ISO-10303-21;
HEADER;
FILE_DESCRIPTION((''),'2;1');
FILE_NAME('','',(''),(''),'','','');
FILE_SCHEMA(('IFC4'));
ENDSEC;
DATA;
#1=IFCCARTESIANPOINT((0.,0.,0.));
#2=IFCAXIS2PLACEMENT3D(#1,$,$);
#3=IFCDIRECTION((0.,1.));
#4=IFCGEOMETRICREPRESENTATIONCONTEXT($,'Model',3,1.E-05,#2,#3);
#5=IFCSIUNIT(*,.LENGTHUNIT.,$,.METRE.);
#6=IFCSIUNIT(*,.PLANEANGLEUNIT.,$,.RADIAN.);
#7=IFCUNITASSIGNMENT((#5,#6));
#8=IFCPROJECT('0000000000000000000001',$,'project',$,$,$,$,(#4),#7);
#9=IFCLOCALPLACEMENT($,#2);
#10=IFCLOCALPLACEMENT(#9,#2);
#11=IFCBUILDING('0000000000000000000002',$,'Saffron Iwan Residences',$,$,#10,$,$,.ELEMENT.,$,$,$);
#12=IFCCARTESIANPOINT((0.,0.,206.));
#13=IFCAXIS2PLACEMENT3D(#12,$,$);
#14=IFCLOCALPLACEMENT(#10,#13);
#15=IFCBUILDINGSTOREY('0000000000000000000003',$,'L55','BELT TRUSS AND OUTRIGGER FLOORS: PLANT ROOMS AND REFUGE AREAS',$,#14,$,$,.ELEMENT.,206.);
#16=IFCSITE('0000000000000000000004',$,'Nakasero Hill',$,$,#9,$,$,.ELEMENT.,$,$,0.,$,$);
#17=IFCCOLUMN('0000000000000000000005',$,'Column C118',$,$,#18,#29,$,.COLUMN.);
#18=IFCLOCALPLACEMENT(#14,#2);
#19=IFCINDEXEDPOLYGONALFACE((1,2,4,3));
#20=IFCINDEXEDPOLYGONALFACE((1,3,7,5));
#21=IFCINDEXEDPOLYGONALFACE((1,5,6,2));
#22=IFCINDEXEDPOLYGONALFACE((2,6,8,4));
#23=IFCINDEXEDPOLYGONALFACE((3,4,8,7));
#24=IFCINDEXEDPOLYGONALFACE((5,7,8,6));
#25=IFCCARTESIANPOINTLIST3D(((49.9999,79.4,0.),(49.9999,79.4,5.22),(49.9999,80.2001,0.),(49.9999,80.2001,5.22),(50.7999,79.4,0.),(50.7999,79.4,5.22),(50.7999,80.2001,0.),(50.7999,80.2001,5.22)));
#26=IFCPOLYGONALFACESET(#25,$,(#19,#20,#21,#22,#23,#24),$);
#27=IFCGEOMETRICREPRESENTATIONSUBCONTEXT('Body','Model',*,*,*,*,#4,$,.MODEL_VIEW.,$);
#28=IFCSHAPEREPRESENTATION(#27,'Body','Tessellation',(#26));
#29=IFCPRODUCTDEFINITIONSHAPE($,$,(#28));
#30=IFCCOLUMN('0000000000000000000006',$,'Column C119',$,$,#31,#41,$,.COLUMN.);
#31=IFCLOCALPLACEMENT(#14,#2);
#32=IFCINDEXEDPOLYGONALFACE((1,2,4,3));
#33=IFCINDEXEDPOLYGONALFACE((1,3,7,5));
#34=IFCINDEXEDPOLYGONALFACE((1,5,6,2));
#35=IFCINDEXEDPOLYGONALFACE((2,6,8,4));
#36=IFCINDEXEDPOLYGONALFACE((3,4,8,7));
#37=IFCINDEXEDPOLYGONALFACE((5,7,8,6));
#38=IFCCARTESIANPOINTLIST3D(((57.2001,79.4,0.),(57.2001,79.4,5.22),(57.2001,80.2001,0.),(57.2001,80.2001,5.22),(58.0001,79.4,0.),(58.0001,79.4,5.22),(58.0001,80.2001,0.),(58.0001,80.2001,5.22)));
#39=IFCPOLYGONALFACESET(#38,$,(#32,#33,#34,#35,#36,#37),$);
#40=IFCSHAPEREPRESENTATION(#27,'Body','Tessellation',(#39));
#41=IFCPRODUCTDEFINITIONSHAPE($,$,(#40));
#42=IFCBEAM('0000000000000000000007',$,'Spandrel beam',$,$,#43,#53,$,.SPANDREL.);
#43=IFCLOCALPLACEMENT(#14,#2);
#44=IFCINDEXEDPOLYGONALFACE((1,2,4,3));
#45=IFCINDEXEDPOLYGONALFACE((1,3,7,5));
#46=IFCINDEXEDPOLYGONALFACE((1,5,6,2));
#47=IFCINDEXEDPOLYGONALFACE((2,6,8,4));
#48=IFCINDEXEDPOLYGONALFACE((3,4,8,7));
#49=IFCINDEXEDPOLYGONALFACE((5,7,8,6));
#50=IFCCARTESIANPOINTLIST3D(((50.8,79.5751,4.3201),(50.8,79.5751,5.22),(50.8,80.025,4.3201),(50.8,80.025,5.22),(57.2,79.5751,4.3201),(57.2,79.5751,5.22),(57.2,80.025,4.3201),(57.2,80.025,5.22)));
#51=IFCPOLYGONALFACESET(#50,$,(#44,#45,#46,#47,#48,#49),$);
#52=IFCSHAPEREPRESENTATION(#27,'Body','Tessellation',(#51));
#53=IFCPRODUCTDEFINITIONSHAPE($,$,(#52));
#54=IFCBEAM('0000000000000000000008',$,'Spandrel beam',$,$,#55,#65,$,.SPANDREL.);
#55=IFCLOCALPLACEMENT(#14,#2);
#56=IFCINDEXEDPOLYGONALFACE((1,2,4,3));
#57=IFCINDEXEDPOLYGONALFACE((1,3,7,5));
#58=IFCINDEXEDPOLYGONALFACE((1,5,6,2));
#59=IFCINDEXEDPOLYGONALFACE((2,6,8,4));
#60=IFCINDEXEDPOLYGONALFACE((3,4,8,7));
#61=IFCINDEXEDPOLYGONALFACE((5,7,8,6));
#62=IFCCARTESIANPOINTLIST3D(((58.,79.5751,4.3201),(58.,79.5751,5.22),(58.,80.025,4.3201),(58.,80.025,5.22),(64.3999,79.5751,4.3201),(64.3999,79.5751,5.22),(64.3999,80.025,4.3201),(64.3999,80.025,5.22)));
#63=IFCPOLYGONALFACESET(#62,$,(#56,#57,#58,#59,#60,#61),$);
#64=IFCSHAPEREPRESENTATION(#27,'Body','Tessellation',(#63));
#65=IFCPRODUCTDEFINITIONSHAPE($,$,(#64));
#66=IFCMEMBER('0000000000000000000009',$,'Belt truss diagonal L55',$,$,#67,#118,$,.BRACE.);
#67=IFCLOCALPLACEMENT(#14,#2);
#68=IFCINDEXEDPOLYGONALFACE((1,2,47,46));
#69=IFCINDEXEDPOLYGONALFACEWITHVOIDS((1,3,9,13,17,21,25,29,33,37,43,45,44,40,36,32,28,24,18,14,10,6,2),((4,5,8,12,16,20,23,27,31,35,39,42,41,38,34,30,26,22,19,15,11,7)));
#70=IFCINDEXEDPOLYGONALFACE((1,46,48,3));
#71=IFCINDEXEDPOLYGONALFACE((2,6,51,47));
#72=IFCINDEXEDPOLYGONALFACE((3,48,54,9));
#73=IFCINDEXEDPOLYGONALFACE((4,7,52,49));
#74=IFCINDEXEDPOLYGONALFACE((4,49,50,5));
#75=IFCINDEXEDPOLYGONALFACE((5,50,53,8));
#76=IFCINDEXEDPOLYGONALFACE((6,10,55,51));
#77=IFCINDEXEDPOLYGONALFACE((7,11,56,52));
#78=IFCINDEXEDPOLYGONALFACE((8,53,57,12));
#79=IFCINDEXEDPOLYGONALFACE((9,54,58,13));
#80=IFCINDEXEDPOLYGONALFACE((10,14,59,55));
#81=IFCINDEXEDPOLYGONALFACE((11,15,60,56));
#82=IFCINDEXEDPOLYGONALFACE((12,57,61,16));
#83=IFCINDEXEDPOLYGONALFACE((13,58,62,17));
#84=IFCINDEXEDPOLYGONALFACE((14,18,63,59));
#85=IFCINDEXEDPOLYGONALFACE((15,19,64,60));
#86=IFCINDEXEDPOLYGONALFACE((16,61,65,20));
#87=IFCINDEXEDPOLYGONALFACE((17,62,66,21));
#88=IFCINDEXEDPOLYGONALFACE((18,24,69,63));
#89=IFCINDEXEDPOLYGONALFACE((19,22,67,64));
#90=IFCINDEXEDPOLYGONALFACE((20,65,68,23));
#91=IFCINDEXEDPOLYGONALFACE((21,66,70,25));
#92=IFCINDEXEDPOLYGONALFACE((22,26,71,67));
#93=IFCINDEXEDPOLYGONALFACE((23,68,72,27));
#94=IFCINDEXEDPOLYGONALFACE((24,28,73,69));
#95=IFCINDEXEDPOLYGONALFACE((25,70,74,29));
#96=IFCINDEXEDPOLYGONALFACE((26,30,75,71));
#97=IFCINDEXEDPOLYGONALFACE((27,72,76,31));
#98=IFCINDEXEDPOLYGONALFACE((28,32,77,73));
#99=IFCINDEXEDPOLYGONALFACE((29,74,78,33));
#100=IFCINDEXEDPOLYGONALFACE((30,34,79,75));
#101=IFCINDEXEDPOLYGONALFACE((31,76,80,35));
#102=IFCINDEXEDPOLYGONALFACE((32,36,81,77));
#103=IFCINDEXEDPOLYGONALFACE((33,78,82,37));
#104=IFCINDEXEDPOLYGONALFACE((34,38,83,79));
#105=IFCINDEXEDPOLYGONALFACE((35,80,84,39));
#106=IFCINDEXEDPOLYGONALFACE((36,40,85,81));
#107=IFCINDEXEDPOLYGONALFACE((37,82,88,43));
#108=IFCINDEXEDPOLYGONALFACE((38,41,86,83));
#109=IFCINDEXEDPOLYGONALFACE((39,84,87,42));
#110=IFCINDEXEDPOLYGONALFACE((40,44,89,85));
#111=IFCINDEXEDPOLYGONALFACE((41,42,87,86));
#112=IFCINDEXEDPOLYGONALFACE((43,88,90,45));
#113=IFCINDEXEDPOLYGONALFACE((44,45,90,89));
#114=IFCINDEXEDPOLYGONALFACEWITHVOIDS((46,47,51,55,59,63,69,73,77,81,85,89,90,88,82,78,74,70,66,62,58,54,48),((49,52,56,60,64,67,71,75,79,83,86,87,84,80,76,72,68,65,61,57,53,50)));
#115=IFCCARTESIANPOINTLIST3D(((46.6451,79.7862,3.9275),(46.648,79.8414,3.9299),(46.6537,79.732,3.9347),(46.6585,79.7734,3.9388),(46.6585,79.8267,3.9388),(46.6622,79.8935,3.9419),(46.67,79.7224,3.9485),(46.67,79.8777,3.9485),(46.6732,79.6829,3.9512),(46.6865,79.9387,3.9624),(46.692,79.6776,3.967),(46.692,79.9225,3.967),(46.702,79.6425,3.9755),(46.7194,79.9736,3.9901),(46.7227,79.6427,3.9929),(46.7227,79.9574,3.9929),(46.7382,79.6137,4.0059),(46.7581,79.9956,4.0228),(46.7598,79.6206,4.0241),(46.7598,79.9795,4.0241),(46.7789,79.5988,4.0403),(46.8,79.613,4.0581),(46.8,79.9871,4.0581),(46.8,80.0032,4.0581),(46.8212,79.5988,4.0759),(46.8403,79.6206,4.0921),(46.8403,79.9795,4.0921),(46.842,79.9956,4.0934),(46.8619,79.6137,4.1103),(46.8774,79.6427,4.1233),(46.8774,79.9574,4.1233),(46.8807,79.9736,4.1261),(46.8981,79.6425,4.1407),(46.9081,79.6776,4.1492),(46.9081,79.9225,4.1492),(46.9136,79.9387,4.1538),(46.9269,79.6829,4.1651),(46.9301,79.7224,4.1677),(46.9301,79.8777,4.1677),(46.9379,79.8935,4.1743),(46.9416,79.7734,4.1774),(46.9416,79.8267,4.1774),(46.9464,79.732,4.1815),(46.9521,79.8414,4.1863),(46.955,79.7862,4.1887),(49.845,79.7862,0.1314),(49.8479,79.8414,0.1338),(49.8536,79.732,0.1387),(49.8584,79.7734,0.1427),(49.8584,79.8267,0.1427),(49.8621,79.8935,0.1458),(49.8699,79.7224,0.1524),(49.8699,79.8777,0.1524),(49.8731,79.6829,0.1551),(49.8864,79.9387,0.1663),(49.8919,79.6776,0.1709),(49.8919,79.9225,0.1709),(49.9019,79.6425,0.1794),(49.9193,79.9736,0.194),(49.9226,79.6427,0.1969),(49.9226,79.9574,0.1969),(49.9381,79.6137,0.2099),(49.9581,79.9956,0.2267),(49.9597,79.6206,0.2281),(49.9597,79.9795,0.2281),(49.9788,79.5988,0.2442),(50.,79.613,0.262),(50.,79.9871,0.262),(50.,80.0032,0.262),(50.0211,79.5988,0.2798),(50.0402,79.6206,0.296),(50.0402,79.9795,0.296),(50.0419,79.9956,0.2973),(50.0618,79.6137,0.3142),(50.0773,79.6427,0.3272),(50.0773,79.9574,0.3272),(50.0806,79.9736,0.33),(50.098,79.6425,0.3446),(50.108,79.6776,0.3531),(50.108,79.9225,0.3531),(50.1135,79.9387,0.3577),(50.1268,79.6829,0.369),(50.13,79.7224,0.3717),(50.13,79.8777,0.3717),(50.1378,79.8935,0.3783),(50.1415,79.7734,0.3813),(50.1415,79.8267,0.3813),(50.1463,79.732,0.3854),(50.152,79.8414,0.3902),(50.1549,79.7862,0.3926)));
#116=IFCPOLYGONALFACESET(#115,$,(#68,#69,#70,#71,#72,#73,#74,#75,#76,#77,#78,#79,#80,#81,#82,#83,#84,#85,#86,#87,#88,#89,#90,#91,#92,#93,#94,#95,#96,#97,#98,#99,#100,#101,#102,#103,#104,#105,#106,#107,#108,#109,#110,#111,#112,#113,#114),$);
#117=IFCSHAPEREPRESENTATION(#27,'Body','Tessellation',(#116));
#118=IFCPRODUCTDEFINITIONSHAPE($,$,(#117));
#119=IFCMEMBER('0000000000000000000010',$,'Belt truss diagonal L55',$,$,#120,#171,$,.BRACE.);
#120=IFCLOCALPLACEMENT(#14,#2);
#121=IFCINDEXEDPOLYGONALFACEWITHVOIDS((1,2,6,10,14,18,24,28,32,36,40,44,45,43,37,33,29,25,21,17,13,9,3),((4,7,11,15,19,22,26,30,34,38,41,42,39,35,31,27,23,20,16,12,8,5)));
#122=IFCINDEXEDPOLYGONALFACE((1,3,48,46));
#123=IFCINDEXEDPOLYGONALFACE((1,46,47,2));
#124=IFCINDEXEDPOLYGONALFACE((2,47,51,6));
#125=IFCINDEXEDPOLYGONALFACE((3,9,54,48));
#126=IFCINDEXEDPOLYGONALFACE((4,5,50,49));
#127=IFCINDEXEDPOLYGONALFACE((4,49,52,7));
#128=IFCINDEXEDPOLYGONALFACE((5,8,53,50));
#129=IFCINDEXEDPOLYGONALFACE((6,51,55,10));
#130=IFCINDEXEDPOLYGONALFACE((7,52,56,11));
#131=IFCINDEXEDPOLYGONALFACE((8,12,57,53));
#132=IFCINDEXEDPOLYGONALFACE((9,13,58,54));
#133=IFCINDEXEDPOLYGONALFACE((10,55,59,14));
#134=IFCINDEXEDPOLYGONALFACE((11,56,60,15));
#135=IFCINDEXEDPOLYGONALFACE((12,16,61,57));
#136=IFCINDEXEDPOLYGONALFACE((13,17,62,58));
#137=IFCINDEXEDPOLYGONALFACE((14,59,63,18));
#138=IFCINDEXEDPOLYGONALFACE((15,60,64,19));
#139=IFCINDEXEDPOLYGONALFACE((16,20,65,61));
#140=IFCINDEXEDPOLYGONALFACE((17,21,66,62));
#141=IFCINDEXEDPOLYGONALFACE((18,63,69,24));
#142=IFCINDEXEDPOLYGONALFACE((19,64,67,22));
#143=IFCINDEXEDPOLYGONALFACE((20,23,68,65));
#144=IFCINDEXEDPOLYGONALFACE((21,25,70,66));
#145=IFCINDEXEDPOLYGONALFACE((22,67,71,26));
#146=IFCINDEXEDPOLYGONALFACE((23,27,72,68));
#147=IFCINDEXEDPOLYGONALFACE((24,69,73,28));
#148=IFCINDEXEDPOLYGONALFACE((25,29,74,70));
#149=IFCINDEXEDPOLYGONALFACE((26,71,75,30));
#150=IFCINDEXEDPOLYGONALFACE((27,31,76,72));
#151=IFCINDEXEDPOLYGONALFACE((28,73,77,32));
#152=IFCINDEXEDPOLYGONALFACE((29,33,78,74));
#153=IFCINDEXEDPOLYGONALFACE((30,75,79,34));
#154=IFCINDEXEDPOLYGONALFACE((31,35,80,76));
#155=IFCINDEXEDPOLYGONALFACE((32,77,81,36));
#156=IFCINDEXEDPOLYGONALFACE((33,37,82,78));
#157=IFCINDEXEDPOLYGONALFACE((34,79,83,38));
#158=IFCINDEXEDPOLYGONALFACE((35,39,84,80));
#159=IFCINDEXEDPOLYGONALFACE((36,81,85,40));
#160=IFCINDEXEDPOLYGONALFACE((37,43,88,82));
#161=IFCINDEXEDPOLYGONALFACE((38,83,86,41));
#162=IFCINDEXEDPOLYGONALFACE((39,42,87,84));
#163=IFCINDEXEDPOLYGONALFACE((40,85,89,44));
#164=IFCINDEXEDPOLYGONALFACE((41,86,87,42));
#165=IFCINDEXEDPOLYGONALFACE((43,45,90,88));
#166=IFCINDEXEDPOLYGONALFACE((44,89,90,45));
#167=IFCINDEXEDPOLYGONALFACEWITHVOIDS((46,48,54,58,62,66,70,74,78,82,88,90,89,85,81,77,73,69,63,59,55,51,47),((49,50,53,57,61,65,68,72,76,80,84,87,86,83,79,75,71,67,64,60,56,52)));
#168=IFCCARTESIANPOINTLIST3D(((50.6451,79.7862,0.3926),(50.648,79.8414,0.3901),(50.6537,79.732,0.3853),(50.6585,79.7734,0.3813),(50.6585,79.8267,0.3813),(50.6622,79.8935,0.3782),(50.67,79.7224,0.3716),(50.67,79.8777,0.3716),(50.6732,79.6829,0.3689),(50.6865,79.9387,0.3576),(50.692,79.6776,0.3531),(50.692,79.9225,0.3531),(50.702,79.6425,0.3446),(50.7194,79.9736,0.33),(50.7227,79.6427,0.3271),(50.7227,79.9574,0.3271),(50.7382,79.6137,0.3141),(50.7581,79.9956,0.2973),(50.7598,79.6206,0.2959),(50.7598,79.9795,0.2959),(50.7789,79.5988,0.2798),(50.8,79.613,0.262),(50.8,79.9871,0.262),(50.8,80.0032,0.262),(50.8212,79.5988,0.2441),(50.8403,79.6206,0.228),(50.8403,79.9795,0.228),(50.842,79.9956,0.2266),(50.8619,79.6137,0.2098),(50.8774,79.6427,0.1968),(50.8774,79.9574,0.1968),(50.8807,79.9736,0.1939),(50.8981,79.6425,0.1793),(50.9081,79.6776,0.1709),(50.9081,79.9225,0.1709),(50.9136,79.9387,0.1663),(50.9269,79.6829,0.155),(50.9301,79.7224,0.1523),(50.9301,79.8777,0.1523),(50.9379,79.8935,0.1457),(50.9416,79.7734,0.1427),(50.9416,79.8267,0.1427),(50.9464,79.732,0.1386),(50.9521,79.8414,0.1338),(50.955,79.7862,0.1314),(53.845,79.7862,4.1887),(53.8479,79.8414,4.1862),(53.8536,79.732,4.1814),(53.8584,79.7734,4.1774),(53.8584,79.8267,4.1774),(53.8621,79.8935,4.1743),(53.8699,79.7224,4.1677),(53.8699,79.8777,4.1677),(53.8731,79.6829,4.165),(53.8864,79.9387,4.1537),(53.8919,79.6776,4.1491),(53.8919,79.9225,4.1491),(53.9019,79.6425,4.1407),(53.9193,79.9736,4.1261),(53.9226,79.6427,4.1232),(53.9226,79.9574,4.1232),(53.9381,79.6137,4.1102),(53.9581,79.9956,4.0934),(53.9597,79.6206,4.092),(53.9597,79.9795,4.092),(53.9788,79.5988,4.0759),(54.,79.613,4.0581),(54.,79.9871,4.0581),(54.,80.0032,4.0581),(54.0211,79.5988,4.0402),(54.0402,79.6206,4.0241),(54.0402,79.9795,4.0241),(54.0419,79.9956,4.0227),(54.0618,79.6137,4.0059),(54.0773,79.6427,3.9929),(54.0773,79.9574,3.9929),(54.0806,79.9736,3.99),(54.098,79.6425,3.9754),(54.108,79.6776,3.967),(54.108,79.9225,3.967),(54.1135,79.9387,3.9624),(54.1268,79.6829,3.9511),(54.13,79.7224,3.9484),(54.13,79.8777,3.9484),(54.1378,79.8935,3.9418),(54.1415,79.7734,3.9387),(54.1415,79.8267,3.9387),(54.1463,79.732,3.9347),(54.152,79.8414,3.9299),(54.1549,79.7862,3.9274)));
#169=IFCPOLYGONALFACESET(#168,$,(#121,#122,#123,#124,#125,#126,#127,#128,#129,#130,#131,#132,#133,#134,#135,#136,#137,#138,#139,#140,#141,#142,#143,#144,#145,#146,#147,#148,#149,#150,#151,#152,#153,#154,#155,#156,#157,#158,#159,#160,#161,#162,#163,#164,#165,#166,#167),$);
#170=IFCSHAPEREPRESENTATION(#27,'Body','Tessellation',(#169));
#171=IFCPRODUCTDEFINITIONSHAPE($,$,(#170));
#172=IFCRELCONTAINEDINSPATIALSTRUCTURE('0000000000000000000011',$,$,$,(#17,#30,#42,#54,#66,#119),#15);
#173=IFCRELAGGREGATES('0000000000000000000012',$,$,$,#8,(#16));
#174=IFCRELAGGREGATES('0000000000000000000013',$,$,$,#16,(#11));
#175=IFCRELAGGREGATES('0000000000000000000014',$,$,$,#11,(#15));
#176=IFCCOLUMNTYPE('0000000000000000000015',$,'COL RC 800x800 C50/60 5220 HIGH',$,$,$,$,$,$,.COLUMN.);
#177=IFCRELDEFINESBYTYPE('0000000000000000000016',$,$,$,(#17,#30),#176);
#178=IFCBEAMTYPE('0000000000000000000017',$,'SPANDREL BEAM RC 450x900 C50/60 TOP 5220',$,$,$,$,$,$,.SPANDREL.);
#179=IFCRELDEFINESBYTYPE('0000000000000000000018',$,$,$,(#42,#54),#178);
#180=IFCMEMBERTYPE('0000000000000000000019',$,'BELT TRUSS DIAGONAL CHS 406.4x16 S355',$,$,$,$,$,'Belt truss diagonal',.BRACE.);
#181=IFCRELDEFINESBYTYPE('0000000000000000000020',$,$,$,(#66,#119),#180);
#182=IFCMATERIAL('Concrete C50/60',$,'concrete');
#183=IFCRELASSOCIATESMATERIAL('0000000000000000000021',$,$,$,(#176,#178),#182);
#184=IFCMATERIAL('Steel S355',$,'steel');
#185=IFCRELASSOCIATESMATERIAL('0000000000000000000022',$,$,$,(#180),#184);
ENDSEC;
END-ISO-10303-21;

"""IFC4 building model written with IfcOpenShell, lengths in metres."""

from ifc_helpers import new_model, si_unit, direction, frame, origin, origin_2d, place, context, subcontext, project, spatial, rectangle, hollow_circle, extrude, source, transform, mapped, material, material_profile, profile_set, type_object, element, save


model = new_model("IFC4")

# Units and contexts
model_context = context("Model", 3, precision=1e-05, world=origin(), true_north=direction((0.0, 1.0)))
body_context = subcontext(model_context, "Body", "Model", "MODEL_VIEW")
ifc_project = project(units=[si_unit("LENGTHUNIT", "METRE"), si_unit("PLANEANGLEUNIT", "RADIAN")], contexts=[model_context])

# Site, building, storey
site_placement = place(None, origin())
site = spatial("IfcSite", under=ifc_project, at=site_placement, Name="Nakasero Hill", CompositionType="ELEMENT", RefElevation=0.0)
building_placement = place(site_placement, origin())
building = spatial("IfcBuilding", under=site, at=building_placement, Name="Saffron Iwan Residences", CompositionType="ELEMENT")
storey_placement = place(building_placement, frame((0.0, 0.0, 206.0)))
storey = spatial("IfcBuildingStorey", under=building, at=storey_placement, Name="L55", Description="BELT TRUSS AND OUTRIGGER FLOORS: PLANT ROOMS AND REFUGE AREAS", CompositionType="ELEMENT", Elevation=206.0)

# Columns
ifc_material_1 = material(Name="Concrete C50/60", Category="concrete")
ifc_material_profile_1 = material_profile(ifc_material_1, rectangle(XDim=0.8, YDim=0.8, at=origin_2d()), Name="RC 800x800")
ifc_profile_set_1 = profile_set([ifc_material_profile_1], Name="Concrete C50/60")
column_type = type_object("IfcColumnType", Name="COL RC 800x800 C50/60 5220 HIGH", PredefinedType="COLUMN", material=ifc_profile_set_1)
shared_shape_1 = source(origin(), body_context, "Body", "SweptSolid", [
    extrude(rectangle(XDim=0.8, YDim=0.8, at=origin_2d()), origin(), (0.0, 0.0, 1.0), 5.22),
])
for number, where, z_axis, x_axis, name in (
    (1, (50.3999, 79.8, 0.0), (0.0, 0.0, 1.0), (1.0, 0.0, 0.0), "Column C118"),
    (2, (57.6001, 79.8, 0.0), (0.0, 0.0, 1.0), (1.0, 0.0, 0.0), "Column C119"),
):
    element("IfcColumn", number, at=place(storey_placement, frame(where, z_axis=z_axis, x_axis=x_axis)), inside=storey, type_object=column_type, Name=name, PredefinedType="COLUMN", context=body_context, shape_type="MappedRepresentation", body=[
        mapped(shared_shape_1, transform((0.0, 0.0, 0.0))),
    ])

# Beams
ifc_material_profile_2 = material_profile(ifc_material_1, rectangle(XDim=0.45, YDim=0.8999, at=origin_2d()), Name="RC 450x900")
ifc_profile_set_2 = profile_set([ifc_material_profile_2], Name="Concrete C50/60")
beam_type = type_object("IfcBeamType", Name="SPANDREL BEAM RC 450x900 C50/60 TOP 5220", PredefinedType="SPANDREL", material=ifc_profile_set_2)
shared_shape_2 = source(origin(), body_context, "Body", "SweptSolid", [
    extrude(rectangle(XDim=0.45, YDim=0.8999, at=origin_2d()), origin(), (0.0, 0.0, 1.0), 6.3999),
])
for number, where, z_axis, x_axis, name in (
    (3, (50.8, 79.8, 4.77), (1.0, 0.0, 0.0), (0.0, 1.0, 0.0), "Spandrel beam"),
    (4, (58.0, 79.8, 4.77), (1.0, 0.0, 0.0), (0.0, 1.0, 0.0), "Spandrel beam"),
):
    element("IfcBeam", number, at=place(storey_placement, frame(where, z_axis=z_axis, x_axis=x_axis)), inside=storey, type_object=beam_type, Name=name, PredefinedType="SPANDREL", context=body_context, shape_type="MappedRepresentation", body=[
        mapped(shared_shape_2, transform((0.0, 0.0, 0.0))),
    ])

# Members
ifc_material_2 = material(Name="Steel S355", Category="steel")
ifc_material_profile_3 = material_profile(ifc_material_2, hollow_circle(Radius=0.2031, WallThickness=0.0161, at=origin_2d()), Name="CHS 406.4x16")
ifc_profile_set_3 = profile_set([ifc_material_profile_3], Name="Steel S355")
member_type_1 = type_object("IfcMemberType", Name="BELT TRUSS DIAGONAL CHS 406.4x16 S355", ElementType="Belt truss diagonal", PredefinedType="BRACE", material=ifc_profile_set_3)
shared_shape_3 = source(origin(), body_context, "Body", "SweptSolid", [
    extrude(hollow_circle(Radius=0.2031, WallThickness=0.0161, at=origin_2d()), origin(), (0.0, 0.0, 1.0), 4.9648),
])
for number, where, z_axis, x_axis, name in (
    (5, (46.8, 79.8, 4.0581), (0.644513, 0.0, -0.764594), (0.0, 1.0, 0.0), "Belt truss diagonal L55"),
    (6, (50.8, 79.8, 0.262), (0.644513, 0.0, 0.764594), (0.0, 1.0, 0.0), "Belt truss diagonal L55"),
):
    element("IfcMember", number, at=place(storey_placement, frame(where, z_axis=z_axis, x_axis=x_axis)), inside=storey, type_object=member_type_1, Name=name, PredefinedType="BRACE", context=body_context, shape_type="MappedRepresentation", body=[
        mapped(shared_shape_3, transform((0.0, 0.0, 0.0))),
    ])

save(model, "model.ifc")
